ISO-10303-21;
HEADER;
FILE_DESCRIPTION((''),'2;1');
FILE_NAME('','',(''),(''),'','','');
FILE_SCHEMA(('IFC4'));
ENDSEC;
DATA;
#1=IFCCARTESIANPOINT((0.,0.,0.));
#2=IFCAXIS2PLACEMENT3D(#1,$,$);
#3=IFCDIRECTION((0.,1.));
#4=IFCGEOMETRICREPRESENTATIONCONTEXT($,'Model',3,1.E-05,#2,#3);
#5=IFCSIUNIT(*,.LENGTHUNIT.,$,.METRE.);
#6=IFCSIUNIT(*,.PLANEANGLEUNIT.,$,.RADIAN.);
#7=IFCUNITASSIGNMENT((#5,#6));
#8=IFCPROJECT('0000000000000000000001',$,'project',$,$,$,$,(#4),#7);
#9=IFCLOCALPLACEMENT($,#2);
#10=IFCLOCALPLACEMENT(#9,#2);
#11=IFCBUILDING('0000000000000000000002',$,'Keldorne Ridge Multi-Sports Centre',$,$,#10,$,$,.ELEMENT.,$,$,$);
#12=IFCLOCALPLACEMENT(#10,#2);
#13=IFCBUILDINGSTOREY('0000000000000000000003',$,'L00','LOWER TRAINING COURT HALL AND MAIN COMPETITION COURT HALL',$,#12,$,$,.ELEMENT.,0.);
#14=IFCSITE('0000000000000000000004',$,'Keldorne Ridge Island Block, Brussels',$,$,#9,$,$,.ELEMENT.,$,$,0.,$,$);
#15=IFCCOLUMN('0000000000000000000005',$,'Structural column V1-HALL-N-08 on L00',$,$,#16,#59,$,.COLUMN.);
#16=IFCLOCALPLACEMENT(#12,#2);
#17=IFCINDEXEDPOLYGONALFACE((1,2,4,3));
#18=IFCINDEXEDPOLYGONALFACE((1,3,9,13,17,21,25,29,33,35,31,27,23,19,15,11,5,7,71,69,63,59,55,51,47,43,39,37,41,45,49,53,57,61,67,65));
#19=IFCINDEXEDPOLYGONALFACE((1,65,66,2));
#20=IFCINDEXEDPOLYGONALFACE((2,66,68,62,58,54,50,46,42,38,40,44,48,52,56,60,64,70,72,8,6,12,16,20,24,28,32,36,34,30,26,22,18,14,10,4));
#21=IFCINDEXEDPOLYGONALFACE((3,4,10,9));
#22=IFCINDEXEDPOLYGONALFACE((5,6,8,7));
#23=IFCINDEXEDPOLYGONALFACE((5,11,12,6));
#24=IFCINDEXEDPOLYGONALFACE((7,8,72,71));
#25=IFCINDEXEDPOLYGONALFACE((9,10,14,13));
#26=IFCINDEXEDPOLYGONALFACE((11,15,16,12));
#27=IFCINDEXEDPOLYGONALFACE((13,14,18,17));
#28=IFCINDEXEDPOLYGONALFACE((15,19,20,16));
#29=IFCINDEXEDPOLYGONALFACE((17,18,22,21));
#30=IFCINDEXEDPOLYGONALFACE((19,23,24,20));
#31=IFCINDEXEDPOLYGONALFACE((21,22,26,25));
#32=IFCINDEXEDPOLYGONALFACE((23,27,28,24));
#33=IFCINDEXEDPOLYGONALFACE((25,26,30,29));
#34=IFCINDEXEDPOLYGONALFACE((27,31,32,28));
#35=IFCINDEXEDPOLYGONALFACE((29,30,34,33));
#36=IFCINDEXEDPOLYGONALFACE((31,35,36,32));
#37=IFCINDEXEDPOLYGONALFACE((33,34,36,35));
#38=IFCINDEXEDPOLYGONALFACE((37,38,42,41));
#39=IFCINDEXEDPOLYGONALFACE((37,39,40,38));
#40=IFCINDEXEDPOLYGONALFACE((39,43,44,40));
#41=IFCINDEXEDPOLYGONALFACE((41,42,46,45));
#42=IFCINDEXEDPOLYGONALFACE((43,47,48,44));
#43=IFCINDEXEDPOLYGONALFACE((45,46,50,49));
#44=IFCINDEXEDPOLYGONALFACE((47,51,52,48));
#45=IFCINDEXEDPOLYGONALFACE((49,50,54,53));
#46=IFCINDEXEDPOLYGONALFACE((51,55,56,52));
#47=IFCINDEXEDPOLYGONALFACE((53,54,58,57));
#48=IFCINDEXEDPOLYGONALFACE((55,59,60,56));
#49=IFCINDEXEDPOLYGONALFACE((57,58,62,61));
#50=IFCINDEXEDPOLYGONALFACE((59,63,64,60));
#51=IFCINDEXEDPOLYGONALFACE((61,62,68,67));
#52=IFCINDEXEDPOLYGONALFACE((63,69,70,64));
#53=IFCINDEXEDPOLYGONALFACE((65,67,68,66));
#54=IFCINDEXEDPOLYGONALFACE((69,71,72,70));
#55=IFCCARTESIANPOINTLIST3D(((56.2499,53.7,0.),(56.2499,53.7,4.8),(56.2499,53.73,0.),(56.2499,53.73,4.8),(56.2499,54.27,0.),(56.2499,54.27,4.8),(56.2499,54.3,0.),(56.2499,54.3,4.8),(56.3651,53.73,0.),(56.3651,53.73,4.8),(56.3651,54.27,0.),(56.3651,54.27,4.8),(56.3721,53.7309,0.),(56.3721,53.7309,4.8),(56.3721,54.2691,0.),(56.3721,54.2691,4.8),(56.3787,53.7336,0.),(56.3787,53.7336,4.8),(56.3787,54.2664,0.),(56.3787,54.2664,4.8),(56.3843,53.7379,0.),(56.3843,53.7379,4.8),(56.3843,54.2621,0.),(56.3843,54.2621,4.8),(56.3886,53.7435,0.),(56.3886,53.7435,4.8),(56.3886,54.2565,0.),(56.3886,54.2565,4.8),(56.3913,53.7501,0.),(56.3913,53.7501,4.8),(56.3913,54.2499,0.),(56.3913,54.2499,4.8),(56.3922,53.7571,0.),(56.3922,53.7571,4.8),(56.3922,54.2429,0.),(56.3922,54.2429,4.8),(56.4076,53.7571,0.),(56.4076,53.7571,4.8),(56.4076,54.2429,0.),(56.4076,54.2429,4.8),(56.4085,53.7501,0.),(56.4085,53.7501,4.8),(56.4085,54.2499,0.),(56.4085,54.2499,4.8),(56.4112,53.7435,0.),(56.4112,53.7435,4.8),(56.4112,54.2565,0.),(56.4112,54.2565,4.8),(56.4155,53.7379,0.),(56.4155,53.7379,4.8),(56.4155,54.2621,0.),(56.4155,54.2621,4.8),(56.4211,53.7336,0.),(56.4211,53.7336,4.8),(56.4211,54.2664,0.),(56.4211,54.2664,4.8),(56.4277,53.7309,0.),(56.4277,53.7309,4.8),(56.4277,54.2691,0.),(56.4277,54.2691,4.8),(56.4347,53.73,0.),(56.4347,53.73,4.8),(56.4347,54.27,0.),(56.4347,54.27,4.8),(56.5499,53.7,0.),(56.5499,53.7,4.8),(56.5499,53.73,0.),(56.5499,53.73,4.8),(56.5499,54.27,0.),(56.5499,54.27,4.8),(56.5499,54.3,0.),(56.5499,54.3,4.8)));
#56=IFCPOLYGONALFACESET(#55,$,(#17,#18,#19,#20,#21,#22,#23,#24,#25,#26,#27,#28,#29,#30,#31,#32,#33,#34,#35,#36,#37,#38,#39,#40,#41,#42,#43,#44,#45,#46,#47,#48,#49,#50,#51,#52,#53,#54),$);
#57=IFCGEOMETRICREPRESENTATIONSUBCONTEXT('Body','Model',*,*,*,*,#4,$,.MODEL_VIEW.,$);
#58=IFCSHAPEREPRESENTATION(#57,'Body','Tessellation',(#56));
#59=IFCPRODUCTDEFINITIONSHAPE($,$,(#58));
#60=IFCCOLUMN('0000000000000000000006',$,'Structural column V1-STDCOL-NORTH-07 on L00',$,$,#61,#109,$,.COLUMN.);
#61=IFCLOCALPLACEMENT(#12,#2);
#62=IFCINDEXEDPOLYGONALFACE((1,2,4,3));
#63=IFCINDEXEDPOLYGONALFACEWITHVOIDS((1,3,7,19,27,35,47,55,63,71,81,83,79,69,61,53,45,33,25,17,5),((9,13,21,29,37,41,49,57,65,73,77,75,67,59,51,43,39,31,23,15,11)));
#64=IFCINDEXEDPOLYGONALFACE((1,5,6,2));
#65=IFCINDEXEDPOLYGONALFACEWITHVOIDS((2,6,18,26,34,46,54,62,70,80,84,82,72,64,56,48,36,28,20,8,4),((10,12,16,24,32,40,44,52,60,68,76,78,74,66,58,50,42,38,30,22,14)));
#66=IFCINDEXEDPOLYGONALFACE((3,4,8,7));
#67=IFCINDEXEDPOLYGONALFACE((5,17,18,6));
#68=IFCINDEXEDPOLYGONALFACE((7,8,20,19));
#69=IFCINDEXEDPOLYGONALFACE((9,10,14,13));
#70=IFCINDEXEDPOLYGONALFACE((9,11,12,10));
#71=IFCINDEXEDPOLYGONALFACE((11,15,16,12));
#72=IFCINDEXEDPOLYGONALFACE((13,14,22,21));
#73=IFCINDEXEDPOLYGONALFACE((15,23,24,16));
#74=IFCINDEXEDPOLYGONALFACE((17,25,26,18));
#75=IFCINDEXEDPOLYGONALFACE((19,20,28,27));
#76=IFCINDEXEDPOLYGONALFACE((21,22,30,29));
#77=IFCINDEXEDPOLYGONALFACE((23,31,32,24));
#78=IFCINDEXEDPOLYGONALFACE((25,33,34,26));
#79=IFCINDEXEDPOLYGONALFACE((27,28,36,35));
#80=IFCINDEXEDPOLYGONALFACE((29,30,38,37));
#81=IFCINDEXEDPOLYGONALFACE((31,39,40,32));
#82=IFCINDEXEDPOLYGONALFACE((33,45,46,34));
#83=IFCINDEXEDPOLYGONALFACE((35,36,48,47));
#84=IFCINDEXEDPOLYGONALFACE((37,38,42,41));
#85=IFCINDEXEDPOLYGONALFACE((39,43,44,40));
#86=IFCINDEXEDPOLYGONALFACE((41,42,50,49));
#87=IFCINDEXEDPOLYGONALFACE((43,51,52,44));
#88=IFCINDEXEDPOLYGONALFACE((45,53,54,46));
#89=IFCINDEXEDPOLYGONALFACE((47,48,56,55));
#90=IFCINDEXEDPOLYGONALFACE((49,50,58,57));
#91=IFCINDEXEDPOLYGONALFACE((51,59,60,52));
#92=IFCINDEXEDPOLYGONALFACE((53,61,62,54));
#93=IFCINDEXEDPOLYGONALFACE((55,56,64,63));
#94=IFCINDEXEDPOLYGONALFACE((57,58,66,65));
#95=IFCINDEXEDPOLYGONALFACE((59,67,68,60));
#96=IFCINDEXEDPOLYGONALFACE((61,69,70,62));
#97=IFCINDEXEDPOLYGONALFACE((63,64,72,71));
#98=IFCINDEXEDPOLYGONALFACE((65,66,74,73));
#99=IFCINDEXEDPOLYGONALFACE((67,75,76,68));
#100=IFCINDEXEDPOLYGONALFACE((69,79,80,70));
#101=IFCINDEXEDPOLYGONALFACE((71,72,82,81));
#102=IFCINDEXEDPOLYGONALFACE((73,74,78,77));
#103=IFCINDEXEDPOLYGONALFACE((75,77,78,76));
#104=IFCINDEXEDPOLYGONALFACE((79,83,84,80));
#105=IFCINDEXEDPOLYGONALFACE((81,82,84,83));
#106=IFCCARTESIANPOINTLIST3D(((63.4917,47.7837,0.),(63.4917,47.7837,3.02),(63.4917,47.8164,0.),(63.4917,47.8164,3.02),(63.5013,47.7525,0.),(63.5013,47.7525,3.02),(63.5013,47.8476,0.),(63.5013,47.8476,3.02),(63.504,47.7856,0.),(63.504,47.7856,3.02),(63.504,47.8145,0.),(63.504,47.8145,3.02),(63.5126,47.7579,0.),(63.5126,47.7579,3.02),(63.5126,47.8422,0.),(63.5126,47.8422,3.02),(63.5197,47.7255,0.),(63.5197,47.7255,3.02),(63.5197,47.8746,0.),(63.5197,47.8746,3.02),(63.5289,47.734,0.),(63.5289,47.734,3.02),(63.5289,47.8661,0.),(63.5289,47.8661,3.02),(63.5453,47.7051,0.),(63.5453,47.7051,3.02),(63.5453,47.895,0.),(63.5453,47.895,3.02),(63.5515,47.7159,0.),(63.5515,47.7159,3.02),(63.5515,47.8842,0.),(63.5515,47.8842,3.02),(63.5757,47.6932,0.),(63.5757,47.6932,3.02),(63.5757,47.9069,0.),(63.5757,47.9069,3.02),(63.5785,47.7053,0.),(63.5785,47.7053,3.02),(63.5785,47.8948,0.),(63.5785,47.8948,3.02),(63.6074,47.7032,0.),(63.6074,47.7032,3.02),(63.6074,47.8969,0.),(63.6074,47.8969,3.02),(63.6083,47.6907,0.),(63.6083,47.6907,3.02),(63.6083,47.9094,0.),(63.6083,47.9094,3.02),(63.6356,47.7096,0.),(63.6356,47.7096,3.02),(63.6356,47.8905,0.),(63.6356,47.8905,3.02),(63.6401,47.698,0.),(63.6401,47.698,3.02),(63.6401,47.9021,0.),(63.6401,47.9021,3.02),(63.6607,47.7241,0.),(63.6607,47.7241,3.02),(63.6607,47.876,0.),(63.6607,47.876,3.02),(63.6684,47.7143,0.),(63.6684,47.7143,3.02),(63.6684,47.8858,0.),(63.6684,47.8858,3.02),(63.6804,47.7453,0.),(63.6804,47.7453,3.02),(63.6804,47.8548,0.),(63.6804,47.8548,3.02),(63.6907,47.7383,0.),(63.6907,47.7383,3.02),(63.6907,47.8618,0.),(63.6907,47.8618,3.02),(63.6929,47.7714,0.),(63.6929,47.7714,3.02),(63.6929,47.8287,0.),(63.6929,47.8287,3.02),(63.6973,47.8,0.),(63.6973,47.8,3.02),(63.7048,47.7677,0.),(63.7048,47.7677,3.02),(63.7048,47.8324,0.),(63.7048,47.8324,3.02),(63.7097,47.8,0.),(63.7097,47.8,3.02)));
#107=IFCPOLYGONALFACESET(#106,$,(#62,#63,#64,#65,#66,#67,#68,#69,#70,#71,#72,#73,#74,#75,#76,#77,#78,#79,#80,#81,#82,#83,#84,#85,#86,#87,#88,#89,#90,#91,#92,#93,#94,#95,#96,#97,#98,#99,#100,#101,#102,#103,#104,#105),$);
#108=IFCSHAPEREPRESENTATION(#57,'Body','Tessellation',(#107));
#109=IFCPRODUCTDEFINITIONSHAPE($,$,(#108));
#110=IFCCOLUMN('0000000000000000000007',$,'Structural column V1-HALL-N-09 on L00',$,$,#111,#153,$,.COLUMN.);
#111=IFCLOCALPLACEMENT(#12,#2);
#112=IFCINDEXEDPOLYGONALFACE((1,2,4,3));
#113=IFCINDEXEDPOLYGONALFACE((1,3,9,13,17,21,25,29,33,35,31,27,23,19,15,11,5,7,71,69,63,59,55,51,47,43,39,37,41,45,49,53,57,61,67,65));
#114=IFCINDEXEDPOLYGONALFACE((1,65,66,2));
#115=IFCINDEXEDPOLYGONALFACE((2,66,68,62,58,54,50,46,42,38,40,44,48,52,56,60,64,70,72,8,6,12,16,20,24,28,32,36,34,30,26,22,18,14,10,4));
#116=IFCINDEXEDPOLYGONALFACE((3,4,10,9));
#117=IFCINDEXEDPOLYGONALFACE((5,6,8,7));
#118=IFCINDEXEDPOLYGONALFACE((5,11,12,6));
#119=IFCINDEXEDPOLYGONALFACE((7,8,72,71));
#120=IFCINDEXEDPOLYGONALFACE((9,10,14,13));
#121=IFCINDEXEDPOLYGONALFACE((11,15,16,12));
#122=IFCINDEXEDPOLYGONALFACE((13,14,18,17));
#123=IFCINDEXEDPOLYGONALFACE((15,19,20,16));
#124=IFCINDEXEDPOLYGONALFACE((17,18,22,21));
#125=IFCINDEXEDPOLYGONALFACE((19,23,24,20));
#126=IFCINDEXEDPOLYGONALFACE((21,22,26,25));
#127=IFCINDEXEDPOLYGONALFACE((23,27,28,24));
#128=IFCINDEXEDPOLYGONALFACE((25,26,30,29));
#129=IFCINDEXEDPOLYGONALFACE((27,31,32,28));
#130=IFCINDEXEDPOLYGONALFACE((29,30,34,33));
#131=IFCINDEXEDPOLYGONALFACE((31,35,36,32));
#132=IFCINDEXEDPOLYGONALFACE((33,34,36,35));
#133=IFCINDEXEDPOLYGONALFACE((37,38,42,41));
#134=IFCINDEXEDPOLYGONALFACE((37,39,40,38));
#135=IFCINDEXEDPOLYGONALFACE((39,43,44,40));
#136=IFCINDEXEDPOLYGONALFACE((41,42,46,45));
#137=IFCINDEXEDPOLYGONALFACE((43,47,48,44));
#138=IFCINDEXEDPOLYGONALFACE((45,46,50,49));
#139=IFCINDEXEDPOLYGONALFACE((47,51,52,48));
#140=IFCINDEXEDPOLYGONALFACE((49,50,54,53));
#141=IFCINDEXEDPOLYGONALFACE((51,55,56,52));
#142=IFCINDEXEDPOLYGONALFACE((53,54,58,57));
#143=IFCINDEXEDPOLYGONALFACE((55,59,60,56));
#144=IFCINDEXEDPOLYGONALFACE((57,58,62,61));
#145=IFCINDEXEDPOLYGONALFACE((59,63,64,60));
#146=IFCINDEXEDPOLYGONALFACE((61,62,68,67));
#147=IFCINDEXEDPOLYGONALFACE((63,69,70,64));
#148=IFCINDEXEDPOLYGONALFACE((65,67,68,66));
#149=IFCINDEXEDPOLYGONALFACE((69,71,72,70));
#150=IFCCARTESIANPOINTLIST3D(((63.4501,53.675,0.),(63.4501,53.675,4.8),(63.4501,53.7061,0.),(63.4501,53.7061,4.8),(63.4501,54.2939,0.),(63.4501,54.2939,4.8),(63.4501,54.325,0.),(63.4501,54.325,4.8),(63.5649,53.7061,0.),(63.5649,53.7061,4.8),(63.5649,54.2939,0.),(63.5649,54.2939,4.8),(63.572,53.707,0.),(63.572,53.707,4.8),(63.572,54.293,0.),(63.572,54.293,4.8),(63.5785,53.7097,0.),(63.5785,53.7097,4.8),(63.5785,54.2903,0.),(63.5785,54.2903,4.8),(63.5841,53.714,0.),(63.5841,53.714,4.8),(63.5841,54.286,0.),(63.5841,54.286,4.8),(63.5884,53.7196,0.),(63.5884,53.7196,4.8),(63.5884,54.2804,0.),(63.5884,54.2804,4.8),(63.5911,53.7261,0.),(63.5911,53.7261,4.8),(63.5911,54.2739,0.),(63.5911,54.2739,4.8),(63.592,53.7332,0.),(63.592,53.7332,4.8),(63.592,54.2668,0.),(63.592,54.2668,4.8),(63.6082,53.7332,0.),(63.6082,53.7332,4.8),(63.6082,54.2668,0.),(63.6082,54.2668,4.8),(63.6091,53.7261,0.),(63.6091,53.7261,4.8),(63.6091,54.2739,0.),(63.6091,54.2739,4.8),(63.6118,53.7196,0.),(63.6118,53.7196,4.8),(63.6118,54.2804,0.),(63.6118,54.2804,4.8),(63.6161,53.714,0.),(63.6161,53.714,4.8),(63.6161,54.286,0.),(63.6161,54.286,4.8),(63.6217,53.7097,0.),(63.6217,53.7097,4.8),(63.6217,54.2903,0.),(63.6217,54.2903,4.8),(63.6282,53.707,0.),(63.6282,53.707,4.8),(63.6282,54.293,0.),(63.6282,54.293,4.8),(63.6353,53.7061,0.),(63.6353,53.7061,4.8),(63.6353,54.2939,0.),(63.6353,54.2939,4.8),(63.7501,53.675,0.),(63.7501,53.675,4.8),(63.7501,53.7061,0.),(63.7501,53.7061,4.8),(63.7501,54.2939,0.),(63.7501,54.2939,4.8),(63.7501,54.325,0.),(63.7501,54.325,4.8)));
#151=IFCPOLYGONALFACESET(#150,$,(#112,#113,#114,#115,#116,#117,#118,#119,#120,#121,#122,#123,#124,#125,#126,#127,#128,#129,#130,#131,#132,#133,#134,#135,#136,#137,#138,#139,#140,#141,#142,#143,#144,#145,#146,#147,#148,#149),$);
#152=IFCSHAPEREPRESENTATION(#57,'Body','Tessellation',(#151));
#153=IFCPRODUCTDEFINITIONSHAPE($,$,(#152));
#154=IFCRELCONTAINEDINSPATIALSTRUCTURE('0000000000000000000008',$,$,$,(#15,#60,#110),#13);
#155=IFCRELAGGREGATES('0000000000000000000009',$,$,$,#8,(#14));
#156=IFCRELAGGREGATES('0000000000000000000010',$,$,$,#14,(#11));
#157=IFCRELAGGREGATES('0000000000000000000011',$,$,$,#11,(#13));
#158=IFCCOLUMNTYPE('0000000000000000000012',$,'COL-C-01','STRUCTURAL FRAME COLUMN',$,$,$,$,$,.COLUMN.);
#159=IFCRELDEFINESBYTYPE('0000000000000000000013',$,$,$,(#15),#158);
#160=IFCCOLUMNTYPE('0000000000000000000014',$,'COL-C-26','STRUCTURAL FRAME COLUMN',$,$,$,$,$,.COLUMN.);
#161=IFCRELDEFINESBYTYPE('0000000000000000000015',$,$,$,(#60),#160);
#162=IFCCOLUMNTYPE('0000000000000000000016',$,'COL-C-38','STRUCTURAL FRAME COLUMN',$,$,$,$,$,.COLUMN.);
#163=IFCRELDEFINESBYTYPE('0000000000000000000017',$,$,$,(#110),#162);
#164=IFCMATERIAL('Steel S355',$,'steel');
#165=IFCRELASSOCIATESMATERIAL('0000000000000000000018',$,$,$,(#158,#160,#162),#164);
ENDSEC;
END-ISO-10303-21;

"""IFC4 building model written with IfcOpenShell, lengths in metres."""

from ifc_helpers import new_model, si_unit, direction, frame, origin, origin_2d, place, context, subcontext, project, spatial, hollow_circle, i_section, extrude, material, material_profile, profile_set, type_object, element, save


model = new_model("IFC4")

# Units and contexts
model_context = context("Model", 3, precision=1e-05, world=origin(), true_north=direction((0.0, 1.0)))
body_context = subcontext(model_context, "Body", "Model", "MODEL_VIEW")
ifc_project = project(units=[si_unit("LENGTHUNIT", "METRE"), si_unit("PLANEANGLEUNIT", "RADIAN")], contexts=[model_context])

# Site, building, storey
site_placement = place(None, origin())
site = spatial("IfcSite", under=ifc_project, at=site_placement, Name="Keldorne Ridge Island Block, Brussels", CompositionType="ELEMENT", RefElevation=0.0)
building_placement = place(site_placement, origin())
building = spatial("IfcBuilding", under=site, at=building_placement, Name="Keldorne Ridge Multi-Sports Centre", CompositionType="ELEMENT")
storey_placement = place(building_placement, origin())
storey = spatial("IfcBuildingStorey", under=building, at=storey_placement, Name="L00", Description="LOWER TRAINING COURT HALL AND MAIN COMPETITION COURT HALL", CompositionType="ELEMENT", Elevation=0.0)

# Columns
ifc_material_1 = material(Name="Steel S355", Category="steel")
ifc_material_profile_1 = material_profile(ifc_material_1, i_section(OverallWidth=0.3, OverallDepth=0.6001, WebThickness=0.0154, FlangeThickness=0.03, FilletRadius=0.0271, at=origin_2d()), Name="HEB 600")
ifc_profile_set_1 = profile_set([ifc_material_profile_1], Name="Steel S355")
column_type_1 = type_object("IfcColumnType", Name="COL-C-01", Description="STRUCTURAL FRAME COLUMN", PredefinedType="COLUMN", material=ifc_profile_set_1)
column_1_placement = place(storey_placement, frame((56.3999, 54.0, 0.0), z_axis=(0.0, 0.0, 1.0), x_axis=(1.0, 0.0, 0.0)))
element("IfcColumn", 1, at=column_1_placement, inside=storey, type_object=column_type_1, Name="Structural column V1-HALL-N-08 on L00", PredefinedType="COLUMN", context=body_context, shape_type="SweptSolid", body=[
    extrude(i_section(OverallWidth=0.3, OverallDepth=0.6001, WebThickness=0.0154, FlangeThickness=0.03, FilletRadius=0.0271, at=origin_2d()), origin(), (0.0, 0.0, 1.0), 4.8),
])
ifc_material_profile_2 = material_profile(ifc_material_1, hollow_circle(Radius=0.1096, WallThickness=0.0125, at=origin_2d()), Name="CHS 219.1x12.5")
ifc_profile_set_2 = profile_set([ifc_material_profile_2], Name="Steel S355")
column_type_2 = type_object("IfcColumnType", Name="COL-C-26", Description="STRUCTURAL FRAME COLUMN", PredefinedType="COLUMN", material=ifc_profile_set_2)
column_2_placement = place(storey_placement, frame((63.6001, 47.8, 0.0), z_axis=(0.0, 0.0, 1.0), x_axis=(1.0, 0.0, 0.0)))
element("IfcColumn", 2, at=column_2_placement, inside=storey, type_object=column_type_2, Name="Structural column V1-STDCOL-NORTH-07 on L00", PredefinedType="COLUMN", context=body_context, shape_type="SweptSolid", body=[
    extrude(hollow_circle(Radius=0.1096, WallThickness=0.0125, at=origin_2d()), origin(), (0.0, 0.0, 1.0), 3.02),
])
ifc_material_profile_3 = material_profile(ifc_material_1, i_section(OverallWidth=0.3, OverallDepth=0.6499, WebThickness=0.0161, FlangeThickness=0.031, FilletRadius=0.0271, at=origin_2d()), Name="HEB 650")
ifc_profile_set_3 = profile_set([ifc_material_profile_3], Name="Steel S355")
column_type_3 = type_object("IfcColumnType", Name="COL-C-38", Description="STRUCTURAL FRAME COLUMN", PredefinedType="COLUMN", material=ifc_profile_set_3)
column_3_placement = place(storey_placement, frame((63.6001, 54.0, 0.0), z_axis=(0.0, 0.0, 1.0), x_axis=(1.0, 0.0, 0.0)))
element("IfcColumn", 3, at=column_3_placement, inside=storey, type_object=column_type_3, Name="Structural column V1-HALL-N-09 on L00", PredefinedType="COLUMN", context=body_context, shape_type="SweptSolid", body=[
    extrude(i_section(OverallWidth=0.3, OverallDepth=0.6499, WebThickness=0.0161, FlangeThickness=0.031, FilletRadius=0.0271, at=origin_2d()), origin(), (0.0, 0.0, 1.0), 4.8),
])

save(model, "model.ifc")
